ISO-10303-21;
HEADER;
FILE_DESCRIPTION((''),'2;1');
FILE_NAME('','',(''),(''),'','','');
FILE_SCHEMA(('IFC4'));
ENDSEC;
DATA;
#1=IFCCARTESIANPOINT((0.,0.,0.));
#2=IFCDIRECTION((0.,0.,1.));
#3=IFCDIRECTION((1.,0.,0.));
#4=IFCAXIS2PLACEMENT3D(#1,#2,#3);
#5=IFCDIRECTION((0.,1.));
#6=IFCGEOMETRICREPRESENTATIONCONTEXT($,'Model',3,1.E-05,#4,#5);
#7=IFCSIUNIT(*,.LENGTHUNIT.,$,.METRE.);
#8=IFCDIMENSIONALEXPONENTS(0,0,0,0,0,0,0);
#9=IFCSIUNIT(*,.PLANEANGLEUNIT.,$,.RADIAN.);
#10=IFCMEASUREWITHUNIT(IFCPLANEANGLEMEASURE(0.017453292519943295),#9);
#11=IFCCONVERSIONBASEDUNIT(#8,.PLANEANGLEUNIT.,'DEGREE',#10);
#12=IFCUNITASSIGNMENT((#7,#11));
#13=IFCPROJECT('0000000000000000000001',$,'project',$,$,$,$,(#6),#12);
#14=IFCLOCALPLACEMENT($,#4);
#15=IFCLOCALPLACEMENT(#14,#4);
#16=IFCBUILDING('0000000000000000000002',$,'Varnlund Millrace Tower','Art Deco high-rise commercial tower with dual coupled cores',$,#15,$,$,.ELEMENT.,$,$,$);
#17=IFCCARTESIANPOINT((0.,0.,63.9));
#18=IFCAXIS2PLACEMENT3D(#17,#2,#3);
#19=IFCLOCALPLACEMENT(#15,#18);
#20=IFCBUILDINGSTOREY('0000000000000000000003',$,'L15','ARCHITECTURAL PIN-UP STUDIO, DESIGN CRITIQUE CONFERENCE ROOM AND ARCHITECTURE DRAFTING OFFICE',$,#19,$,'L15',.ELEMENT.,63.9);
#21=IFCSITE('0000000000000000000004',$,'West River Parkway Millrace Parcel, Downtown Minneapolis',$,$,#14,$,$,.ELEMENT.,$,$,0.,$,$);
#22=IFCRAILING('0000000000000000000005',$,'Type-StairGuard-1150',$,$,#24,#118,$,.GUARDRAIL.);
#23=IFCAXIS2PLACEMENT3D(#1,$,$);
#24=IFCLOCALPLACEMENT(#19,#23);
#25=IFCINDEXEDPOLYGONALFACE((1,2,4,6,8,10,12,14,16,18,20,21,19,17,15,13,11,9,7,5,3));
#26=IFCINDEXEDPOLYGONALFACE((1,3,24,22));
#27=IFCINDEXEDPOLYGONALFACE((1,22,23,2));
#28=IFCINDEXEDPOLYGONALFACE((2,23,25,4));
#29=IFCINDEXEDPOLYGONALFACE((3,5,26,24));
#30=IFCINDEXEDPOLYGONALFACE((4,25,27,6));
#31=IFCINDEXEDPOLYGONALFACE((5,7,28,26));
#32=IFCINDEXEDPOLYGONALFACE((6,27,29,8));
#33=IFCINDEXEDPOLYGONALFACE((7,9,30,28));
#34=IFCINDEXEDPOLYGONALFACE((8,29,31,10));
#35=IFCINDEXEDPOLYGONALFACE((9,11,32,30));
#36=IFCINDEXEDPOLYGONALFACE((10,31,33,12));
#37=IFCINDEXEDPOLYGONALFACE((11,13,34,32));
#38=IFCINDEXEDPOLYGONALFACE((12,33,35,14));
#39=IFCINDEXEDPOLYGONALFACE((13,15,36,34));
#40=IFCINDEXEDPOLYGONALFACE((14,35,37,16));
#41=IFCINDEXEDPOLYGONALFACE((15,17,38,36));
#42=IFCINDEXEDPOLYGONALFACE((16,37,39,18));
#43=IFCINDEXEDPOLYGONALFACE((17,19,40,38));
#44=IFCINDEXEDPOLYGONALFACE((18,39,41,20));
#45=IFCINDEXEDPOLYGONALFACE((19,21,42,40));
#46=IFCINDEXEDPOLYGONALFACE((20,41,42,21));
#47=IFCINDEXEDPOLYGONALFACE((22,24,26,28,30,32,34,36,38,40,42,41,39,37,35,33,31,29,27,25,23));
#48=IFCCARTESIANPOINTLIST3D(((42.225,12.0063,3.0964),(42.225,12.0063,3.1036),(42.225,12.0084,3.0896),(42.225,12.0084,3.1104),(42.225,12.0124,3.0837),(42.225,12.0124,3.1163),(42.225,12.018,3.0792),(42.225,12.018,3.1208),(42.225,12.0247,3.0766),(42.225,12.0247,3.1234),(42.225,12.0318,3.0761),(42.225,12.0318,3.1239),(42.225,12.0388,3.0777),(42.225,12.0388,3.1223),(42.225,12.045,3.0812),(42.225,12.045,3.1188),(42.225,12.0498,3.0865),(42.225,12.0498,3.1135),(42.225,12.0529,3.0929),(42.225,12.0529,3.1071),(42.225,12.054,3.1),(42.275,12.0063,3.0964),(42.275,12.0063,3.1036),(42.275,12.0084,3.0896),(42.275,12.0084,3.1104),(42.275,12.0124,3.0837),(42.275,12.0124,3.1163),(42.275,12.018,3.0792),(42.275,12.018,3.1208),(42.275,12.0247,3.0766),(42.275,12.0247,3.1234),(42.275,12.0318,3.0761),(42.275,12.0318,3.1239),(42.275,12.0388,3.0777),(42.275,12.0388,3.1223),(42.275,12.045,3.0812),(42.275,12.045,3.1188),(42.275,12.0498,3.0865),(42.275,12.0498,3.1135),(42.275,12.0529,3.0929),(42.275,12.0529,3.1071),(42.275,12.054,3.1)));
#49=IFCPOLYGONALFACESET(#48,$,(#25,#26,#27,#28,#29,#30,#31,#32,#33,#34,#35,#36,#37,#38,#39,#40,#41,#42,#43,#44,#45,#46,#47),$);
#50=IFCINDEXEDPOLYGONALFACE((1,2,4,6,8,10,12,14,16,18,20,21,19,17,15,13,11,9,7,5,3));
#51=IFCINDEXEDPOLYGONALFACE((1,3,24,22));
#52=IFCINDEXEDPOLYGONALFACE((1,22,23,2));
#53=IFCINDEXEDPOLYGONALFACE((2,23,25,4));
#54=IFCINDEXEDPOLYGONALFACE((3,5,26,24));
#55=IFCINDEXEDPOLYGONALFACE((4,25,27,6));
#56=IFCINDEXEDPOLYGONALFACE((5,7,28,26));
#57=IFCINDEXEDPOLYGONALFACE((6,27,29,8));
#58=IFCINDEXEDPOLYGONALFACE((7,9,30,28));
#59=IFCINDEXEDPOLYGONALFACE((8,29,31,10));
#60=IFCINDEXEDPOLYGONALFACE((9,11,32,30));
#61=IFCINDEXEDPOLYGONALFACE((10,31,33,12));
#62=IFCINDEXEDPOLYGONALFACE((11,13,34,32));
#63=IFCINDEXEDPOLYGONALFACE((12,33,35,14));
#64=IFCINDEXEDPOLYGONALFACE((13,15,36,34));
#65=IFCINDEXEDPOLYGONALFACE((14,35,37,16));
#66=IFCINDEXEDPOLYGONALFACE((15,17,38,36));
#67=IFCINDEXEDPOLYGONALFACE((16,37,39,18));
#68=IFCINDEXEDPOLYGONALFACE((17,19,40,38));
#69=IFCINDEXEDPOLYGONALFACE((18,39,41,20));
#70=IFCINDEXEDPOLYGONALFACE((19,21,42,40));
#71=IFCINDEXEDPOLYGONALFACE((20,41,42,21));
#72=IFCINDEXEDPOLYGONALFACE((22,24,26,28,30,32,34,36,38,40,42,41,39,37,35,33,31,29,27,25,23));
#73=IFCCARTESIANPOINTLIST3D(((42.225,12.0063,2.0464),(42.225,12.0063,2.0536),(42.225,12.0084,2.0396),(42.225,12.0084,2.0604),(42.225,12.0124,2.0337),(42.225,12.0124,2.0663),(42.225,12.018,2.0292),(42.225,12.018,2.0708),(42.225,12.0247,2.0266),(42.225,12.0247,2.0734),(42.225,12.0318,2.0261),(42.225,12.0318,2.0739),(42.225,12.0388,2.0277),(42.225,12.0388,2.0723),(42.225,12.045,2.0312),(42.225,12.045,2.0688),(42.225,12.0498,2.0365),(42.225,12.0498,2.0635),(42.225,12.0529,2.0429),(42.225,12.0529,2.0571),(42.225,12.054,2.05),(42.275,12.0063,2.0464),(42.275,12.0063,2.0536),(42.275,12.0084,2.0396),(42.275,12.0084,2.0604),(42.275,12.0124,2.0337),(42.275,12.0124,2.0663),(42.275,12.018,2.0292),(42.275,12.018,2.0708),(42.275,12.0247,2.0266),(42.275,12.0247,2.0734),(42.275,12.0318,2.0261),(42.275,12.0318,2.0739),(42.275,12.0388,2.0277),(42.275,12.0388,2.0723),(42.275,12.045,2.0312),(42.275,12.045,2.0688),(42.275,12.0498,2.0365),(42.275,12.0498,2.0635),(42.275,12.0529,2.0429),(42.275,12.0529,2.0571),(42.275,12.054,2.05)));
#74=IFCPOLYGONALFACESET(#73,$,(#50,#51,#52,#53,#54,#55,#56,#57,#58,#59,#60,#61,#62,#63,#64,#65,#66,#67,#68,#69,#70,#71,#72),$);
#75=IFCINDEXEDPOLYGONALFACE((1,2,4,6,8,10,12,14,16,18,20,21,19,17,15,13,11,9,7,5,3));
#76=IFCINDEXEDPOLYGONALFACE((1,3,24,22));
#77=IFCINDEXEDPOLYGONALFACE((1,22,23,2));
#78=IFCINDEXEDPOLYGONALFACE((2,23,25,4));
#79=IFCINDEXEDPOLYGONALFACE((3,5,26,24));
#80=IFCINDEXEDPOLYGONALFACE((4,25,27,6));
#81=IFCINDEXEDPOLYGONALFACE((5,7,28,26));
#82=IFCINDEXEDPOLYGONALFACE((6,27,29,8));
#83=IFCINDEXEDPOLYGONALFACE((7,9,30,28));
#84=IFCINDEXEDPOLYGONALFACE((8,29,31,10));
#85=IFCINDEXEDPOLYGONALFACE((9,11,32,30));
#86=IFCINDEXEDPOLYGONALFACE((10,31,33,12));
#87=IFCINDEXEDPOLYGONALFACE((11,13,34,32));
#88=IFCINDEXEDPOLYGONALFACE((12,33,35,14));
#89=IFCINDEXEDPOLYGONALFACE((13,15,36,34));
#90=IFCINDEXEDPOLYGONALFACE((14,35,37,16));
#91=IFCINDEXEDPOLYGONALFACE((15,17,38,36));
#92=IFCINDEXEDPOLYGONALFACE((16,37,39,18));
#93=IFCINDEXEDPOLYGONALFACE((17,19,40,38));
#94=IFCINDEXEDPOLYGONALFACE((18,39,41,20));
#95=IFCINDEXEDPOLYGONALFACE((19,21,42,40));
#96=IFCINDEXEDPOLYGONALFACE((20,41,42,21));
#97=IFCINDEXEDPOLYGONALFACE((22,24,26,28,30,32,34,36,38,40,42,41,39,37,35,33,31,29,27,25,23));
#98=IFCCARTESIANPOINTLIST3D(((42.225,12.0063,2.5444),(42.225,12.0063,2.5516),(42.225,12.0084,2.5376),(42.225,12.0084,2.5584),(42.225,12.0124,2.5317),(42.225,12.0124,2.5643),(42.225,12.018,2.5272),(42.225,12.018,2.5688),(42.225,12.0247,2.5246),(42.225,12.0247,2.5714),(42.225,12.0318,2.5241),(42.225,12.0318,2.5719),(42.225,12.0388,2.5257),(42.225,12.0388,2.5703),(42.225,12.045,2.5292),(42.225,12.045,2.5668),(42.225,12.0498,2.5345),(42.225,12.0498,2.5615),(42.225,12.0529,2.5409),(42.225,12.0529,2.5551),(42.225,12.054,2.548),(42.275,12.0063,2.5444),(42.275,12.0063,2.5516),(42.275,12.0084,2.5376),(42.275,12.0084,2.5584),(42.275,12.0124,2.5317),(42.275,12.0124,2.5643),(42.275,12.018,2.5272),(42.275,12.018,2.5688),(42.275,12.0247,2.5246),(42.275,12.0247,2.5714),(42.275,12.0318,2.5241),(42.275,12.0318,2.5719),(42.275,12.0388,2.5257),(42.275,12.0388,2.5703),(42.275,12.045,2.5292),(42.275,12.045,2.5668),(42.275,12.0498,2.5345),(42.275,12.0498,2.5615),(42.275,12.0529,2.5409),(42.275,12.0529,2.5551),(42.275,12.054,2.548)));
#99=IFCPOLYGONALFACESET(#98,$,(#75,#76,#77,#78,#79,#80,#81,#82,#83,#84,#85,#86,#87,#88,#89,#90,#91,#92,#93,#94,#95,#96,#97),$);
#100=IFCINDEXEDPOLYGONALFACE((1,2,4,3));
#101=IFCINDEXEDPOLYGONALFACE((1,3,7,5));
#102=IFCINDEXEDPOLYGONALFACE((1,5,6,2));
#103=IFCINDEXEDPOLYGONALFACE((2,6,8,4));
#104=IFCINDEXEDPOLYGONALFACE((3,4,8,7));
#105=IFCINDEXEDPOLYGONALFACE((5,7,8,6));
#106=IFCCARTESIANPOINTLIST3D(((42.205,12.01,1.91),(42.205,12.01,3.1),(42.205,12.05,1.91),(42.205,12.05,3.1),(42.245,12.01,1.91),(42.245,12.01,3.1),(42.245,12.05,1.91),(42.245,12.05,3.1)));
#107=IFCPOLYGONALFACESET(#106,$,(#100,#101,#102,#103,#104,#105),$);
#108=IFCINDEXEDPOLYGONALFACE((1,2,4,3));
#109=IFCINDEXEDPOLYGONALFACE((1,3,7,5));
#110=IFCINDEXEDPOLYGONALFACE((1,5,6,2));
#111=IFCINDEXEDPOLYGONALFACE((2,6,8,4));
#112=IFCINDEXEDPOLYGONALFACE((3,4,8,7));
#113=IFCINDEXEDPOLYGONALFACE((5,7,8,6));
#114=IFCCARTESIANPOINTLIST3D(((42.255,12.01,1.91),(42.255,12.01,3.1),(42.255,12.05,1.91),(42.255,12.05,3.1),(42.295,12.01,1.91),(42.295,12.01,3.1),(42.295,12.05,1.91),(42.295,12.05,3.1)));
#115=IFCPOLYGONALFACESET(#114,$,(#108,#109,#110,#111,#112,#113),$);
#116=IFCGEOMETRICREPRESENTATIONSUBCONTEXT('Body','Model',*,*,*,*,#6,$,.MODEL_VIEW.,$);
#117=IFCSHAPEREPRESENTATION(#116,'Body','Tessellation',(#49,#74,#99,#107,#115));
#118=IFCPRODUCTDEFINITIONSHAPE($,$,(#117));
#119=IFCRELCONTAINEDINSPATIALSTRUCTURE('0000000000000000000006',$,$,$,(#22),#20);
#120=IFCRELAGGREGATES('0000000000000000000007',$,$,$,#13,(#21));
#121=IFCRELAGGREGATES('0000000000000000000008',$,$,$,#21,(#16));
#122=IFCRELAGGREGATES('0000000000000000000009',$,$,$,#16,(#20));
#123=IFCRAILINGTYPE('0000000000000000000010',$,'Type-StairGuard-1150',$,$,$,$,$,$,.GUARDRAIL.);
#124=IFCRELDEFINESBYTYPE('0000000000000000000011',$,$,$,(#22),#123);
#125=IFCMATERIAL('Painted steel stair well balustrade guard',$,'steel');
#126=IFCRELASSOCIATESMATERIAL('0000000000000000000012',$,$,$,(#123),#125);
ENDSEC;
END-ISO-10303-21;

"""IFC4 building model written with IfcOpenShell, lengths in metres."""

from ifc_helpers import new_model, entity, si_unit, converted_unit, direction, frame, origin_with_axes, origin_2d_with_axis, place, context, subcontext, project, spatial, rectangle, circle, extrude, material, type_object, element, save


model = new_model("IFC4")

# Units and contexts
model_context = context("Model", 3, precision=1e-05, world=origin_with_axes(), true_north=direction((0.0, 1.0)))
body_context = subcontext(model_context, "Body", "Model", "MODEL_VIEW")
ifc_project = project(units=[si_unit("LENGTHUNIT", "METRE"), converted_unit("PLANEANGLEUNIT", "DEGREE", entity("IfcPlaneAngleMeasure", 0.017453292519943295), si_unit("PLANEANGLEUNIT", "RADIAN"), dimensions=[0, 0, 0, 0, 0, 0, 0])], contexts=[model_context])

# Site, building, storey
site_placement = place(None, origin_with_axes())
site = spatial("IfcSite", under=ifc_project, at=site_placement, Name="West River Parkway Millrace Parcel, Downtown Minneapolis", CompositionType="ELEMENT", RefElevation=0.0)
building_placement = place(site_placement, origin_with_axes())
building = spatial("IfcBuilding", under=site, at=building_placement, Name="Varnlund Millrace Tower", Description="Art Deco high-rise commercial tower with dual coupled cores", CompositionType="ELEMENT")
storey_placement = place(building_placement, frame((0.0, 0.0, 63.9), z_axis=(0.0, 0.0, 1.0), x_axis=(1.0, 0.0, 0.0)))
storey = spatial("IfcBuildingStorey", under=building, at=storey_placement, Name="L15", Description="ARCHITECTURAL PIN-UP STUDIO, DESIGN CRITIQUE CONFERENCE ROOM AND ARCHITECTURE DRAFTING OFFICE", LongName="L15", CompositionType="ELEMENT", Elevation=63.9)

# Railing
ifc_material_1 = material(Name="Painted steel stair well balustrade guard", Category="steel")
railing_type_1 = type_object("IfcRailingType", Name="Type-StairGuard-1150", PredefinedType="GUARDRAIL", material=ifc_material_1)
railing_1_placement = place(storey_placement, frame((0.0, 0.0, -63.9), z_axis=(0.0, 0.0, 1.0), x_axis=(1.0, 0.0, 0.0)))
element("IfcRailing", 1, at=railing_1_placement, inside=storey, type_object=railing_type_1, Name="Type-StairGuard-1150", PredefinedType="GUARDRAIL", context=body_context, shape_type="SweptSolid", body=[
    extrude(circle(Radius=0.024, at=origin_2d_with_axis()), frame((42.225, 12.03, 67.0), z_axis=(1.0, 0.0, 0.0), x_axis=(0.0, 1.0, 0.0)), (0.0, 0.0, 1.0), 0.05),
    extrude(circle(Radius=0.024, at=origin_2d_with_axis()), frame((42.225, 12.03, 65.95), z_axis=(1.0, 0.0, 0.0), x_axis=(0.0, 1.0, 0.0)), (0.0, 0.0, 1.0), 0.05),
    extrude(circle(Radius=0.024, at=origin_2d_with_axis()), frame((42.225, 12.03, 66.448), z_axis=(1.0, 0.0, 0.0), x_axis=(0.0, 1.0, 0.0)), (0.0, 0.0, 1.0), 0.05),
    extrude(rectangle(XDim=0.04, YDim=0.04, at=origin_2d_with_axis()), frame((42.225, 12.03, 65.81), z_axis=(0.0, 0.0, 1.0), x_axis=(1.0, 0.0, 0.0)), (0.0, 0.0, 1.0), 1.19),
    extrude(rectangle(XDim=0.04, YDim=0.04, at=origin_2d_with_axis()), frame((42.275, 12.03, 65.81), z_axis=(0.0, 0.0, 1.0), x_axis=(1.0, 0.0, 0.0)), (0.0, 0.0, 1.0), 1.19),
])

save(model, "model.ifc")
